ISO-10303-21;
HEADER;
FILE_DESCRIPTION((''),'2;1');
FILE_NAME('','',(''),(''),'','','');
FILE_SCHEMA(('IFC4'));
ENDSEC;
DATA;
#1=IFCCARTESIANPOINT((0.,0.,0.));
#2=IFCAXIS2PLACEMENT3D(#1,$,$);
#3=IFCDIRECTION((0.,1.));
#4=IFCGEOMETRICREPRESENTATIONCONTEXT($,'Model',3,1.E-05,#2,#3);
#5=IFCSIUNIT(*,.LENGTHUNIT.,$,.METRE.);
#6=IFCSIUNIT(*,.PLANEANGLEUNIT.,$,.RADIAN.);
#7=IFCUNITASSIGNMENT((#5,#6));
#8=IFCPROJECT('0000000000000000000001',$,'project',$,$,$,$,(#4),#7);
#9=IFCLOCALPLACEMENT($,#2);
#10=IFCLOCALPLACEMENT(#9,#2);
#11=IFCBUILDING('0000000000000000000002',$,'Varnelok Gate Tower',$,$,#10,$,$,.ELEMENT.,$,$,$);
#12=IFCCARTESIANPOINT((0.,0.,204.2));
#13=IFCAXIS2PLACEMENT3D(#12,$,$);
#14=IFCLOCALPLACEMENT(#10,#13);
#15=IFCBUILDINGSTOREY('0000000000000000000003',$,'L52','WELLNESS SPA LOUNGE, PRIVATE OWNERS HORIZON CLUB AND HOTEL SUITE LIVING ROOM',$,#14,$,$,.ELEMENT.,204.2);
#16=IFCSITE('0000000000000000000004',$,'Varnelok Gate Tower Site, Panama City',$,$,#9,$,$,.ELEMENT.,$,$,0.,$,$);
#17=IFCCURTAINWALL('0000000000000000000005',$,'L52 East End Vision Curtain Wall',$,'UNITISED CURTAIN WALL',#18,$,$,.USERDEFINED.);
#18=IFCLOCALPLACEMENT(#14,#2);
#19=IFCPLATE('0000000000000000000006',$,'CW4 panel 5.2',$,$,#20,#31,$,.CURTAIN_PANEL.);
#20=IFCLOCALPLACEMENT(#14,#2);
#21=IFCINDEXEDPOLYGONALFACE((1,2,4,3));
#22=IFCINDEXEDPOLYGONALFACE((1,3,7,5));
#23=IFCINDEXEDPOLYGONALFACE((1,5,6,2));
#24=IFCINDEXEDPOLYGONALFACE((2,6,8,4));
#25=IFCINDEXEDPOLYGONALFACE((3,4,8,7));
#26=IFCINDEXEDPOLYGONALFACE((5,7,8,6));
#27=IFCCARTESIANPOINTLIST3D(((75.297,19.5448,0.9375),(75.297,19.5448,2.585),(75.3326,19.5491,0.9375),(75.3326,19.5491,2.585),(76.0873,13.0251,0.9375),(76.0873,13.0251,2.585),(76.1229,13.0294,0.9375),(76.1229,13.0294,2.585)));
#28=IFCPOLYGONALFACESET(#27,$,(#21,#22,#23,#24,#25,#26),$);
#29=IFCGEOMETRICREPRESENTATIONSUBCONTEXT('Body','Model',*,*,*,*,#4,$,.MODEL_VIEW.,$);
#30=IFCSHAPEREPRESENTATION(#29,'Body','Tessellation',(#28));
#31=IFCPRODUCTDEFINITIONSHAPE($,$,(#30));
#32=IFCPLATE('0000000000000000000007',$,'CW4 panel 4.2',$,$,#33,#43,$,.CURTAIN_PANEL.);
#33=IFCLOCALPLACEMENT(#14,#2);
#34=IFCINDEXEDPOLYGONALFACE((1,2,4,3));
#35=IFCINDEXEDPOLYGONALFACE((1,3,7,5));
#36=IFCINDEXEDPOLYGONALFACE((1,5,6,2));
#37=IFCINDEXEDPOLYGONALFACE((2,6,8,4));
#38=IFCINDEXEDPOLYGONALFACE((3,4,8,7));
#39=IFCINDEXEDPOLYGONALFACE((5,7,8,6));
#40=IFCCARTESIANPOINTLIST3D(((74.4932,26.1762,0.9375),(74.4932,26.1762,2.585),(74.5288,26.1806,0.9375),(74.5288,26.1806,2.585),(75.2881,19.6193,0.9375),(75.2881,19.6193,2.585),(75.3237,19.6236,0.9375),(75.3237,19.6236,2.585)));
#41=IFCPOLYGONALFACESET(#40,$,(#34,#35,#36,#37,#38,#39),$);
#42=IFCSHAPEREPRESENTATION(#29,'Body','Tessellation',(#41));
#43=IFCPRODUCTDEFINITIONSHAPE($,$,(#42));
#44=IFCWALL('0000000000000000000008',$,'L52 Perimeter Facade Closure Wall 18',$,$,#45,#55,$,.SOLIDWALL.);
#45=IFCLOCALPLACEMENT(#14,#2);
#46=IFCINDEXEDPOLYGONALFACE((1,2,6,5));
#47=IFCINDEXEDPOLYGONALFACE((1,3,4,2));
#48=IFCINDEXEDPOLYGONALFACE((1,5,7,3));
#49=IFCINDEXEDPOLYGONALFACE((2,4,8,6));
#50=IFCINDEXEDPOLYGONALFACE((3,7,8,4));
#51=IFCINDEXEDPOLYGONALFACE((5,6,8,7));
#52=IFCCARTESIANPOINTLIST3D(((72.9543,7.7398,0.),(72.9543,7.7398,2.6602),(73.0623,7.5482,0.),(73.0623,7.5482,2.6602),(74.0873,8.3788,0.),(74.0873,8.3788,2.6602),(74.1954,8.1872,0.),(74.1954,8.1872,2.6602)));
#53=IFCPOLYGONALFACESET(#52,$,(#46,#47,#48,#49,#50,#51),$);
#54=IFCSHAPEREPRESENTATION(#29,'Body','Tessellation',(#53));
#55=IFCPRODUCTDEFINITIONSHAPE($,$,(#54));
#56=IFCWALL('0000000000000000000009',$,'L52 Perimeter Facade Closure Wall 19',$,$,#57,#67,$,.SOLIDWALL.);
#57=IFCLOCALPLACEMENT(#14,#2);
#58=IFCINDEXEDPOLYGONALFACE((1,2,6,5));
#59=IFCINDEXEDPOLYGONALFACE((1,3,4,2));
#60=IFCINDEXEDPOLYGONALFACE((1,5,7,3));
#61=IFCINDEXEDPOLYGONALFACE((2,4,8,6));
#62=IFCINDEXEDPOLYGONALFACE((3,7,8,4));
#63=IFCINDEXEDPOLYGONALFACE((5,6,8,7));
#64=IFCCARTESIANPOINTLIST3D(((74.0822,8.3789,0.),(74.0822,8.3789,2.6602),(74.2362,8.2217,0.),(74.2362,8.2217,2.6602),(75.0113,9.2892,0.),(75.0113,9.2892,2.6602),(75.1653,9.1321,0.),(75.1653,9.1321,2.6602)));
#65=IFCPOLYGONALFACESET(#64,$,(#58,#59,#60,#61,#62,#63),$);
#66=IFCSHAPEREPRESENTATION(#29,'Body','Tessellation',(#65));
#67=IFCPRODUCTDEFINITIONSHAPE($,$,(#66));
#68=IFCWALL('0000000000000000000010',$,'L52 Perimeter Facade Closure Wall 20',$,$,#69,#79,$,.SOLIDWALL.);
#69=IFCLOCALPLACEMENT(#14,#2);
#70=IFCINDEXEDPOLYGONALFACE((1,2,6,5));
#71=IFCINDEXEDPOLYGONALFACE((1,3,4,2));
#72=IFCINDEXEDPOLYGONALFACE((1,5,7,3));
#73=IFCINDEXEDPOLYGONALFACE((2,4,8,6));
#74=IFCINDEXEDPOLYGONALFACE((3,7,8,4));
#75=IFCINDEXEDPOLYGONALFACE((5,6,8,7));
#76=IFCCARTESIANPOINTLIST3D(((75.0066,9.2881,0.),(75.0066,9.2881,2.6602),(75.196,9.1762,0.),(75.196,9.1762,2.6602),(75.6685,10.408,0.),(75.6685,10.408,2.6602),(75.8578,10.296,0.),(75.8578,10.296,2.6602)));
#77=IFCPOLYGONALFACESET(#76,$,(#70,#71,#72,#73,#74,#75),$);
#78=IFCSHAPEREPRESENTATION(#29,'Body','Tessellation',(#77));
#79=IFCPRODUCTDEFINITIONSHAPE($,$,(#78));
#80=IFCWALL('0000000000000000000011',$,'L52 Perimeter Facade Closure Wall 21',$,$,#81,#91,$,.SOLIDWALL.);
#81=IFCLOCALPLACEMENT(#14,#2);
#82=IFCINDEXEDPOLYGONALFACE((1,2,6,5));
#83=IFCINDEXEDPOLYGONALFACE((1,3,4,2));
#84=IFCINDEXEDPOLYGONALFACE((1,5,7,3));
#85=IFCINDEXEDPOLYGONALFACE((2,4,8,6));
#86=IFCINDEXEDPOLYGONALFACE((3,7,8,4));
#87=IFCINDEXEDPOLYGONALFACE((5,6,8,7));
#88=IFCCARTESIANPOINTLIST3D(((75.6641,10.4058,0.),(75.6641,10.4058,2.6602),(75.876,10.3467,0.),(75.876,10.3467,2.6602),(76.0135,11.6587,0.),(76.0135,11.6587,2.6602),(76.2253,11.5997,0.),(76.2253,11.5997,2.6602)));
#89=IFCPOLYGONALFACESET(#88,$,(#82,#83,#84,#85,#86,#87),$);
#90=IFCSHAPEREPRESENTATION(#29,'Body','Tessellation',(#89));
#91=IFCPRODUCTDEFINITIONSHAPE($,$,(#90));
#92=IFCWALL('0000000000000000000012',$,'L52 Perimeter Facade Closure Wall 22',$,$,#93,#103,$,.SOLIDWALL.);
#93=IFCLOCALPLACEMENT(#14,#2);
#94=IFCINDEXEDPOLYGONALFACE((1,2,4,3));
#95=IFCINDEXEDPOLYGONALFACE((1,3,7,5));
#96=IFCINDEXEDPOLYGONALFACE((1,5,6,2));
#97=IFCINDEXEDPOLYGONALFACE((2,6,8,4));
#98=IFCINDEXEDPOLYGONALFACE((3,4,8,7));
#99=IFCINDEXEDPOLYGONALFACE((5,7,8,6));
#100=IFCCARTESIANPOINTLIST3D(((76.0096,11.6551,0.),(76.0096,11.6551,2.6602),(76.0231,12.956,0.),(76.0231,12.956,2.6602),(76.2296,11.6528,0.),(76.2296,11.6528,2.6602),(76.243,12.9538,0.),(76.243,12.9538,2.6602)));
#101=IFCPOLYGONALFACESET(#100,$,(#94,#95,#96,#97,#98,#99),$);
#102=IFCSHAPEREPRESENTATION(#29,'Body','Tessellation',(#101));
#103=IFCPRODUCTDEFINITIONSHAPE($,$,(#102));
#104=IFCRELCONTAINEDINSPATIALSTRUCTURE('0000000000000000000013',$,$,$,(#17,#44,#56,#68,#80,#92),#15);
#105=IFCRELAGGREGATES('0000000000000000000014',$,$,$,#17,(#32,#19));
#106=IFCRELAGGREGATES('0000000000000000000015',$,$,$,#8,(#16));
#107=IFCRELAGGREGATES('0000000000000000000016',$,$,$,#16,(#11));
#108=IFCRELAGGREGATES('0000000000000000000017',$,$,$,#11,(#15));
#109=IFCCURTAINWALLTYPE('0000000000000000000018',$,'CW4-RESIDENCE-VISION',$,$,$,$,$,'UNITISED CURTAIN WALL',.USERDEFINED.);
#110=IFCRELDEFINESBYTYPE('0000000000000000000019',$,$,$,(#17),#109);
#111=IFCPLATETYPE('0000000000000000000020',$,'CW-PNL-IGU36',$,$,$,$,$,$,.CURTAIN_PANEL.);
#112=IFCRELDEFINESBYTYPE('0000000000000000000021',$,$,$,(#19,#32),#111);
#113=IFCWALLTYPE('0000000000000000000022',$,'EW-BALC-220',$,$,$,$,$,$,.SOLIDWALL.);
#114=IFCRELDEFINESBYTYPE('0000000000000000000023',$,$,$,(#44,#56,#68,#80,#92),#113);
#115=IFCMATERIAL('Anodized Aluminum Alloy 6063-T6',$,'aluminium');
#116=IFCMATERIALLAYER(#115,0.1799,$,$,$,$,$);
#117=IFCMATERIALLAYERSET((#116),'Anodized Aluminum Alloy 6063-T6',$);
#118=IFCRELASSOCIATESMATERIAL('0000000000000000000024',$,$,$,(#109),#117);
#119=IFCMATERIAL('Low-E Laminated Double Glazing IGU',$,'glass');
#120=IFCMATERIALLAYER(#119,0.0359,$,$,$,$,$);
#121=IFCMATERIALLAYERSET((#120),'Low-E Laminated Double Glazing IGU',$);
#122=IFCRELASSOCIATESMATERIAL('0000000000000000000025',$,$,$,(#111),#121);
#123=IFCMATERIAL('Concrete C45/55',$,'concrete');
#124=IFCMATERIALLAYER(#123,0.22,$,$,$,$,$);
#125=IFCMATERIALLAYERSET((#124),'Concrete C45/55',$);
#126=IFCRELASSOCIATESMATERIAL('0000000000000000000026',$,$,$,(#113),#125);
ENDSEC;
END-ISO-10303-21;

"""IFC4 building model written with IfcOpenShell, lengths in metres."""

from ifc_helpers import new_model, si_unit, direction, frame, frame_2d, origin, origin_2d, place, context, subcontext, project, spatial, rectangle, extrude, source, transform, mapped, material, layer, layer_set, type_object, element, aggregate, save


model = new_model("IFC4")

# Units and contexts
model_context = context("Model", 3, precision=1e-05, world=origin(), true_north=direction((0.0, 1.0)))
body_context = subcontext(model_context, "Body", "Model", "MODEL_VIEW")
ifc_project = project(units=[si_unit("LENGTHUNIT", "METRE"), si_unit("PLANEANGLEUNIT", "RADIAN")], contexts=[model_context])

# Site, building, storey
site_placement = place(None, origin())
site = spatial("IfcSite", under=ifc_project, at=site_placement, Name="Varnelok Gate Tower Site, Panama City", CompositionType="ELEMENT", RefElevation=0.0)
building_placement = place(site_placement, origin())
building = spatial("IfcBuilding", under=site, at=building_placement, Name="Varnelok Gate Tower", CompositionType="ELEMENT")
storey_placement = place(building_placement, frame((0.0, 0.0, 204.2)))
storey = spatial("IfcBuildingStorey", under=building, at=storey_placement, Name="L52", Description="WELLNESS SPA LOUNGE, PRIVATE OWNERS HORIZON CLUB AND HOTEL SUITE LIVING ROOM", CompositionType="ELEMENT", Elevation=204.2)

# Curtain wall, plates
ifc_material_1 = material(Name="Anodized Aluminum Alloy 6063-T6", Category="aluminium")
ifc_layer_1 = layer(ifc_material_1, 0.1799)
ifc_layer_set_1 = layer_set([ifc_layer_1], Name="Anodized Aluminum Alloy 6063-T6")
curtain_wall_type = type_object("IfcCurtainWallType", Name="CW4-RESIDENCE-VISION", ElementType="UNITISED CURTAIN WALL", PredefinedType="USERDEFINED", material=ifc_layer_set_1)
curtain_wall_placement = place(storey_placement, origin())
curtain_wall = element("IfcCurtainWall", 1, at=curtain_wall_placement, inside=storey, type_object=curtain_wall_type, Name="L52 East End Vision Curtain Wall", ObjectType="UNITISED CURTAIN WALL", PredefinedType="USERDEFINED")
ifc_material_2 = material(Name="Low-E Laminated Double Glazing IGU", Category="glass")
ifc_layer_2 = layer(ifc_material_2, 0.0359)
ifc_layer_set_2 = layer_set([ifc_layer_2], Name="Low-E Laminated Double Glazing IGU")
plate_type = type_object("IfcPlateType", Name="CW-PNL-IGU36", PredefinedType="CURTAIN_PANEL", material=ifc_layer_set_2)
shared_shape_1 = source(origin(), body_context, "Body", "SweptSolid", [
    extrude(rectangle(XDim=6.5674, YDim=0.0359, at=origin_2d()), origin(), (0.0, 0.0, 1.0), 1.6475),
])
plate_1_placement = place(storey_placement, frame((75.71, 16.2871, 0.9375), z_axis=(0.0, 0.0, 1.0), x_axis=(0.120345, -0.992732, 0.0)))
plate_1 = element("IfcPlate", 2, at=plate_1_placement, type_object=plate_type, Name="CW4 panel 5.2", PredefinedType="CURTAIN_PANEL", context=body_context, shape_type="MappedRepresentation", body=[
    mapped(shared_shape_1, transform((0.0, 0.0, 0.0), scale=1.0)),
])
shared_shape_2 = source(origin(), body_context, "Body", "SweptSolid", [
    extrude(rectangle(XDim=6.605, YDim=0.0359, at=origin_2d()), origin(), (0.0, 0.0, 1.0), 1.6475),
])
plate_2_placement = place(storey_placement, frame((74.9084, 22.8999, 0.9375), z_axis=(0.0, 0.0, 1.0), x_axis=(0.120345, -0.992732, 0.0)))
plate_2 = element("IfcPlate", 3, at=plate_2_placement, type_object=plate_type, Name="CW4 panel 4.2", PredefinedType="CURTAIN_PANEL", context=body_context, shape_type="MappedRepresentation", body=[
    mapped(shared_shape_2, transform((0.0, 0.0, 0.0), scale=1.0)),
])
aggregate(curtain_wall, [plate_2, plate_1])

# Walls
ifc_material_3 = material(Name="Concrete C45/55", Category="concrete")
ifc_layer_3 = layer(ifc_material_3, 0.22)
ifc_layer_set_3 = layer_set([ifc_layer_3], Name="Concrete C45/55")
wall_type = type_object("IfcWallType", Name="EW-BALC-220", PredefinedType="SOLIDWALL", material=ifc_layer_set_3)
for number, where, z_axis, x_axis, name in (
    (4, (73.0083, 7.644, 0.0), (0.0, 0.0, 1.0), (0.871059, 0.491179, 0.0), "L52 Perimeter Facade Closure Wall 18"),
    (5, (74.1592, 8.3003, 0.0), (0.0, 0.0, 1.0), (0.714295, 0.699844, 0.0), "L52 Perimeter Facade Closure Wall 19"),
    (6, (75.1013, 9.2322, 0.0), (0.0, 0.0, 1.0), (0.508799, 0.860885, 0.0), "L52 Perimeter Facade Closure Wall 20"),
    (7, (75.77, 10.3762, 0.0), (0.0, 0.0, 1.0), (0.268592, 0.963254, 0.0), "L52 Perimeter Facade Closure Wall 21"),
):
    element("IfcWall", number, at=place(storey_placement, frame(where, z_axis=z_axis, x_axis=x_axis)), inside=storey, type_object=wall_type, Name=name, PredefinedType="SOLIDWALL", context=body_context, shape_type="SweptSolid", body=[
        extrude(rectangle(XDim=1.3008, YDim=0.22, at=frame_2d((0.6504, 0.0))), origin(), (0.0, 0.0, 1.0), 2.6602),
    ])
wall_placement = place(storey_placement, frame((76.1196, 11.6541, 0.0), z_axis=(0.0, 0.0, 1.0), x_axis=(0.01032, 0.999947, 0.0)))
element("IfcWall", 8, at=wall_placement, inside=storey, type_object=wall_type, Name="L52 Perimeter Facade Closure Wall 22", PredefinedType="SOLIDWALL", context=body_context, shape_type="SweptSolid", body=[
    extrude(rectangle(XDim=1.301, YDim=0.22, at=frame_2d((0.6504, 0.0))), origin(), (0.0, 0.0, 1.0), 2.6602),
])

save(model, "model.ifc")
